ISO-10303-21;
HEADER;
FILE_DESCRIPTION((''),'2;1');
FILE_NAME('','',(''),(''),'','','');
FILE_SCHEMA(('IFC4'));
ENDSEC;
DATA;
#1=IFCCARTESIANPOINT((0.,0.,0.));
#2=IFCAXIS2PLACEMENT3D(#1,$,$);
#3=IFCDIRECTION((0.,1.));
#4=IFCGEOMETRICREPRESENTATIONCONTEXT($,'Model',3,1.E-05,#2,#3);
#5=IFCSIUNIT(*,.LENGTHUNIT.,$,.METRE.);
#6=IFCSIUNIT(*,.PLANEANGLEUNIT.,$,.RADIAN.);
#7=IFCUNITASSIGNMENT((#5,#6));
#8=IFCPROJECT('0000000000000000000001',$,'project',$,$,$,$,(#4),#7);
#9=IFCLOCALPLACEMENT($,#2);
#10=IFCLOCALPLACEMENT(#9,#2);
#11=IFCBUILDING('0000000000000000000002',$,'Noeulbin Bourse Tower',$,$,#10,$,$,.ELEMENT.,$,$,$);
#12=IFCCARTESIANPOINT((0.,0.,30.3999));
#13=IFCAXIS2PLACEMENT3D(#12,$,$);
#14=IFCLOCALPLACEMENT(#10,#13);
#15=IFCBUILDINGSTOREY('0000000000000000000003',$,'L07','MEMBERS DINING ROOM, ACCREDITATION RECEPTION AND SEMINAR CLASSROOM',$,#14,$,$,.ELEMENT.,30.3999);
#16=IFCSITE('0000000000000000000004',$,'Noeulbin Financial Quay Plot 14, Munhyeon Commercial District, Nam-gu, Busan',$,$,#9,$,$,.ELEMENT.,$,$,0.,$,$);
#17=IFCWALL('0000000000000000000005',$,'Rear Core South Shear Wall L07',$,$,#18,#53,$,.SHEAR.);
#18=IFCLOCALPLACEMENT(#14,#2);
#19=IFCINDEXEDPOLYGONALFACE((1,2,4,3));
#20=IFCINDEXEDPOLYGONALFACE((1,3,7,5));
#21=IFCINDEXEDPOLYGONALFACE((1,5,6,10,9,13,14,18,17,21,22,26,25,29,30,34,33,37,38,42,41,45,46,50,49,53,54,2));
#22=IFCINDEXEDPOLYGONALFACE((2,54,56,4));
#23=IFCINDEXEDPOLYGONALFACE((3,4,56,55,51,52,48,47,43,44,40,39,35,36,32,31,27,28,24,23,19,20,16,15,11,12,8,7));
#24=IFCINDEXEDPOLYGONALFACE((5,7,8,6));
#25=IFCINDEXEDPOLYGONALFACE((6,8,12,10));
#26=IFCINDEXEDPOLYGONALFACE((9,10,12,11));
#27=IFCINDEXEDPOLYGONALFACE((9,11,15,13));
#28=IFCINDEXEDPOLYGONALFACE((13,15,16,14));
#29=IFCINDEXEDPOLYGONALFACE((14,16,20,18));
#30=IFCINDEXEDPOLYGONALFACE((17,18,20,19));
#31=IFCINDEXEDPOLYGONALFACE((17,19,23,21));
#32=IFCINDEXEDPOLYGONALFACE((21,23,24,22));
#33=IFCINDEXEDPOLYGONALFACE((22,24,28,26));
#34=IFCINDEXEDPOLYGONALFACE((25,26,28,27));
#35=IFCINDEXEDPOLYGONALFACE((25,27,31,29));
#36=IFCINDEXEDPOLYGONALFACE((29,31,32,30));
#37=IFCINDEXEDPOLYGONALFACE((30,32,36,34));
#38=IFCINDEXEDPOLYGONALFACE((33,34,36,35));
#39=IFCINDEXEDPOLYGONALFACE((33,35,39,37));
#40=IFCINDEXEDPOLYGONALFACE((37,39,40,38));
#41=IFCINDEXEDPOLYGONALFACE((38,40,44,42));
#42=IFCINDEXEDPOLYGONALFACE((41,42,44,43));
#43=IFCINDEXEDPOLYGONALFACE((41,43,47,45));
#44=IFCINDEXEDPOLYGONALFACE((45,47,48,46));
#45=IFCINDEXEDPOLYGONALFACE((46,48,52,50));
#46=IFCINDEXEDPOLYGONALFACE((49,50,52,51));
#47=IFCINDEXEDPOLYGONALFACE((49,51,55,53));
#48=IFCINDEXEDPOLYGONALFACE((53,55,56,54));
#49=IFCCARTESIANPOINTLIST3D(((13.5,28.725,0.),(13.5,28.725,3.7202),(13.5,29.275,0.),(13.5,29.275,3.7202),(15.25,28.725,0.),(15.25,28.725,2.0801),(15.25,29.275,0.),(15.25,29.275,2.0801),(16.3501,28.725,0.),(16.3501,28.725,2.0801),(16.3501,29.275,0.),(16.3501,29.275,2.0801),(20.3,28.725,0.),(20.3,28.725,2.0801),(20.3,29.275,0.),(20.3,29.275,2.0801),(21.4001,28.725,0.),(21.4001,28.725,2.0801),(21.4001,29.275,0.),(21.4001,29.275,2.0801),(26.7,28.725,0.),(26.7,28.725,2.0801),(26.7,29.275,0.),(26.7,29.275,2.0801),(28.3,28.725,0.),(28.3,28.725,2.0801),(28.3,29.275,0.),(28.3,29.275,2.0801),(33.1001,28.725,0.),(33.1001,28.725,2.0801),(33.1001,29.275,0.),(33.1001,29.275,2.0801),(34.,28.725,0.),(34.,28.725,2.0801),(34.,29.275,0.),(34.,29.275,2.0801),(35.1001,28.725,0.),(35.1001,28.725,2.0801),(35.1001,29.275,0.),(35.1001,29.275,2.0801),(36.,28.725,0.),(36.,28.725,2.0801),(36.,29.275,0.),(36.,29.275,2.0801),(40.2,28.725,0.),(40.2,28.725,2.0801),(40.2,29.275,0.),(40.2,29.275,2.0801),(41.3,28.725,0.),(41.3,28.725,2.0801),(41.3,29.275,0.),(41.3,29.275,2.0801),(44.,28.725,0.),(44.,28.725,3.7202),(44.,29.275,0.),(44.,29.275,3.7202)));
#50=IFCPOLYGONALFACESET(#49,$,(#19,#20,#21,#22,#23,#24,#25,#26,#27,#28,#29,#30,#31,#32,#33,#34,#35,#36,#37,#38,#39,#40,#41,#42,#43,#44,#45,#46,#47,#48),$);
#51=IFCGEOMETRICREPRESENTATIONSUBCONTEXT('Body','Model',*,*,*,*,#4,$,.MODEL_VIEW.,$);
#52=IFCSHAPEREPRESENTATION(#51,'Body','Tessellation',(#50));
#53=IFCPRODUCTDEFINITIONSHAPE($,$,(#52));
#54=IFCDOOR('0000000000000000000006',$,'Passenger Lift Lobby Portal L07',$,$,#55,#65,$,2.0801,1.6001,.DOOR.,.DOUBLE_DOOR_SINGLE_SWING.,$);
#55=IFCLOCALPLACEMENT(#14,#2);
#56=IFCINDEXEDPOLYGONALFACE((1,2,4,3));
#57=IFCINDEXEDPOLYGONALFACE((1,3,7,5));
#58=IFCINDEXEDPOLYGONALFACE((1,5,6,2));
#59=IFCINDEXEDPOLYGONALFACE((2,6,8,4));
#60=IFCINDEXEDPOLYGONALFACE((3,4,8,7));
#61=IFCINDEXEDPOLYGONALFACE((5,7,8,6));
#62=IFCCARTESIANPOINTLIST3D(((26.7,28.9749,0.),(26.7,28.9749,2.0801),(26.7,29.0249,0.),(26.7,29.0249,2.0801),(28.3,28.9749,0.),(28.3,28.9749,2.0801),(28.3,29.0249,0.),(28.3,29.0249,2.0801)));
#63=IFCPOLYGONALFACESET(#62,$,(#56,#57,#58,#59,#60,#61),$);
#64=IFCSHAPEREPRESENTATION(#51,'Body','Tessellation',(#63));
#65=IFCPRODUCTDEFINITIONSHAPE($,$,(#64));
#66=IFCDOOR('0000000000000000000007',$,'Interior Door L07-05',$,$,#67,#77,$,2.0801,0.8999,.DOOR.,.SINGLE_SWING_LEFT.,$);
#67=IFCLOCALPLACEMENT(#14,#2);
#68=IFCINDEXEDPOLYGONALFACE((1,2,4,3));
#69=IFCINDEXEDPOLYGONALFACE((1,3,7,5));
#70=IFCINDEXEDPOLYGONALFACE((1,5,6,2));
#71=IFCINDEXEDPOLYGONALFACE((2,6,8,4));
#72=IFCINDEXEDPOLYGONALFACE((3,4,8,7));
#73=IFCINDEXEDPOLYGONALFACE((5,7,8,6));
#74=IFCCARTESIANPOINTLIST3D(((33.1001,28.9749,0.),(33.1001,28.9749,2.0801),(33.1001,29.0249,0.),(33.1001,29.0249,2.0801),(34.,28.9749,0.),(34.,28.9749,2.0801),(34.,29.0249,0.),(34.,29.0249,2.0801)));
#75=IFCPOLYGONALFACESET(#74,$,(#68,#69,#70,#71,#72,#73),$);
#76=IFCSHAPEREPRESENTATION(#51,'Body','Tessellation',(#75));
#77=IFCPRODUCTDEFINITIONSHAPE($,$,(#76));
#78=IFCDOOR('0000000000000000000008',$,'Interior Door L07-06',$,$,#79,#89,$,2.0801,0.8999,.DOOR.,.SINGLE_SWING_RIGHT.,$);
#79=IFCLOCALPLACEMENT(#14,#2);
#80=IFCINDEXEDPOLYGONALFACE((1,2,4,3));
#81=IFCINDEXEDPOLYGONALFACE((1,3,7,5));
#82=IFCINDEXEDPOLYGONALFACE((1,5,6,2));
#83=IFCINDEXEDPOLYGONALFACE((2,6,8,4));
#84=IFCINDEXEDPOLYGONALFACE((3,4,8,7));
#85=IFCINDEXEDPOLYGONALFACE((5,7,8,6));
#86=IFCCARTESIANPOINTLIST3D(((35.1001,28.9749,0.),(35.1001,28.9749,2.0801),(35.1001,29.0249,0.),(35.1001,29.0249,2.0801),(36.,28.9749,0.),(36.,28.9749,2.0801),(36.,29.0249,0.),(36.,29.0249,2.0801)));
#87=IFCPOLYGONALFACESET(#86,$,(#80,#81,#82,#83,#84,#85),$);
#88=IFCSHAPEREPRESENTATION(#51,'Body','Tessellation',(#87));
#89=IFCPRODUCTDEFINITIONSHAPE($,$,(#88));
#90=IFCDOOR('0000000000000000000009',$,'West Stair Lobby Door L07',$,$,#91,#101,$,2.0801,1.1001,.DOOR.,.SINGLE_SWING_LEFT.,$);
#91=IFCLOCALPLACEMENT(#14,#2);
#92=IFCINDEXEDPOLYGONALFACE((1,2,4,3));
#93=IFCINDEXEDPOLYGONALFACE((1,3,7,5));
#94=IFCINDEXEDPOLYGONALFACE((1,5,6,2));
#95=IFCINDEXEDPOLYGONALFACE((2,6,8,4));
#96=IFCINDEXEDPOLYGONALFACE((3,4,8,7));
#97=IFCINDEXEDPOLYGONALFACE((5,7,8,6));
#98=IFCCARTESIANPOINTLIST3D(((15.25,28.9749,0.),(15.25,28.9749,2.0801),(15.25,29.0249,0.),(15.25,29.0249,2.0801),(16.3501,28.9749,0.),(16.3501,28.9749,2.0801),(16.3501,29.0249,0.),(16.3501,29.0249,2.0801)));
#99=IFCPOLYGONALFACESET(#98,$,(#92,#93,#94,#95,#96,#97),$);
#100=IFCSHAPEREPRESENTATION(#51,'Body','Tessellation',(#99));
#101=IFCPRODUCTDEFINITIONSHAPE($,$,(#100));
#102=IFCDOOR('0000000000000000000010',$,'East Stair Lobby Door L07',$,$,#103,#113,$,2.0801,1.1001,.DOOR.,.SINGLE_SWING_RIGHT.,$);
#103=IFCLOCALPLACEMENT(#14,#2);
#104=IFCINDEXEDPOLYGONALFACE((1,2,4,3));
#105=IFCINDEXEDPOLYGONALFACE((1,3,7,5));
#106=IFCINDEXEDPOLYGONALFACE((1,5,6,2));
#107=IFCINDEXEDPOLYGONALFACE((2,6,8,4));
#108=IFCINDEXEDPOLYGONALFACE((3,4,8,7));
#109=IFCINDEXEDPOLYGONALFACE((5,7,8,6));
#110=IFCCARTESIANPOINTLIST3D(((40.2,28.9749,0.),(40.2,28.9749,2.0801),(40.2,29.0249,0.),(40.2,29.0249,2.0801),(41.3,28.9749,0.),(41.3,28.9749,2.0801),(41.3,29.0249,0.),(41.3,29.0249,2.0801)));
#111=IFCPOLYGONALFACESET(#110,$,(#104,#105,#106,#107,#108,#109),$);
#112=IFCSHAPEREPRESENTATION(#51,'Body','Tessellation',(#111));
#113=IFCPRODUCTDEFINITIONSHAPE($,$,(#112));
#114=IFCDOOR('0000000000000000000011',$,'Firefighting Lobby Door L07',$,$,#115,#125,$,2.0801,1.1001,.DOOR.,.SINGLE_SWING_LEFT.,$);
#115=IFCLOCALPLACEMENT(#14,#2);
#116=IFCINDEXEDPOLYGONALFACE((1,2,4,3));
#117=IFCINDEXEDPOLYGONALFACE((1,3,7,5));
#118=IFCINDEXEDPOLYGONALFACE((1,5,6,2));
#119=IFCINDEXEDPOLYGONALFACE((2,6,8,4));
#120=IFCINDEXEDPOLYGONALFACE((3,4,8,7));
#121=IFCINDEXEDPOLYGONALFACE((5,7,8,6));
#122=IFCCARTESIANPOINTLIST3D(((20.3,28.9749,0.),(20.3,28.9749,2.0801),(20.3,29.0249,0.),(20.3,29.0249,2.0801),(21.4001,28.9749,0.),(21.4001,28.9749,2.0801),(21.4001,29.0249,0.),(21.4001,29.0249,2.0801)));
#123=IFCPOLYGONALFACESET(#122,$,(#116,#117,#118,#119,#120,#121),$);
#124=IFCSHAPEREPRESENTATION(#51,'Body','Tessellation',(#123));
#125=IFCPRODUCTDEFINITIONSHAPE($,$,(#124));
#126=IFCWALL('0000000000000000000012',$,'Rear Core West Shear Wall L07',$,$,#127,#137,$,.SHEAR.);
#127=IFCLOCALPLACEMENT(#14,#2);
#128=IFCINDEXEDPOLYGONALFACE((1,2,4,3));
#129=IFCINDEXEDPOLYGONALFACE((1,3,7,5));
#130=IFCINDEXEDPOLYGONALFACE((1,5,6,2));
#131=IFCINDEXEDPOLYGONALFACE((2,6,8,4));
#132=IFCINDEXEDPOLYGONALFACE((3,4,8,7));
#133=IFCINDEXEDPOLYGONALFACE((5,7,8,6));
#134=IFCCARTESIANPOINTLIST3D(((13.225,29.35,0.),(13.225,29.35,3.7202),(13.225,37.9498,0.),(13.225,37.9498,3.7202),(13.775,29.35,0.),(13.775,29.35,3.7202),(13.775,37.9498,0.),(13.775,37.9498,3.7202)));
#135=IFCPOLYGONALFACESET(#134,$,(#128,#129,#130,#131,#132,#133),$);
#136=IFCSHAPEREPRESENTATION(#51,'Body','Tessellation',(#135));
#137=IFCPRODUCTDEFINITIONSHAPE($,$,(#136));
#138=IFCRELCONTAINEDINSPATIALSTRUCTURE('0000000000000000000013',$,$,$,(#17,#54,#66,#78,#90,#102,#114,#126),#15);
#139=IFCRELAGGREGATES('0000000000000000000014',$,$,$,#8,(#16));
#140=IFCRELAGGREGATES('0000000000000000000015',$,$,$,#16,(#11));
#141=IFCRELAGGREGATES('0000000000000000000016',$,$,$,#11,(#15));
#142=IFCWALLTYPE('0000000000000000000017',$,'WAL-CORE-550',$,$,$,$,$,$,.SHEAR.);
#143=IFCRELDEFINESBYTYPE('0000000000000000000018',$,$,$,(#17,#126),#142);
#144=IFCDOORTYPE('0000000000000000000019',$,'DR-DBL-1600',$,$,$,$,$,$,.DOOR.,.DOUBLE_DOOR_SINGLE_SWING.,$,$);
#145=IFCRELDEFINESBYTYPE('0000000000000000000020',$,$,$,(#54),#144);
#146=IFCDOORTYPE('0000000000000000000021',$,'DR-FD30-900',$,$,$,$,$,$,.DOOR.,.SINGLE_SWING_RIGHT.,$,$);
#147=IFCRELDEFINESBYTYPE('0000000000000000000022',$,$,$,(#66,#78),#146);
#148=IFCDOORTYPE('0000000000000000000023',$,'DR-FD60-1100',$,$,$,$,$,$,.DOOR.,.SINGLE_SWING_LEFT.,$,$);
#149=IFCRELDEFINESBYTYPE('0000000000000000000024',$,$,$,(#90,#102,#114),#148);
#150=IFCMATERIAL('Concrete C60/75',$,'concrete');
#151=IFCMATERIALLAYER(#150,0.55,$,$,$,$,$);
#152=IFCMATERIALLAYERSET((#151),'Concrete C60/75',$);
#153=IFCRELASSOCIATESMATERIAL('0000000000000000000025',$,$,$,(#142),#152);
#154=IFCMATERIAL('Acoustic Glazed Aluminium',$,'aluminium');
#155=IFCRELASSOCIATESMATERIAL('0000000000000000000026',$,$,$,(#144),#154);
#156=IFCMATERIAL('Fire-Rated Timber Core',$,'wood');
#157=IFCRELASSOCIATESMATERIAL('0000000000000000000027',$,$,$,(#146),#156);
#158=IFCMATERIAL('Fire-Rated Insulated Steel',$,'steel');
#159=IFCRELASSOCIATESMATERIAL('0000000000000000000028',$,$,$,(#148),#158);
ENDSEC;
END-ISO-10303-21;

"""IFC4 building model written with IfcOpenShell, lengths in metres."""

from ifc_helpers import new_model, si_unit, direction, frame, frame_2d, origin, place, context, subcontext, project, spatial, rectangle, extrude, material, layer, layer_set, type_object, element, fill, save


model = new_model("IFC4")

# Units and contexts
model_context = context("Model", 3, precision=1e-05, world=origin(), true_north=direction((0.0, 1.0)))
body_context = subcontext(model_context, "Body", "Model", "MODEL_VIEW")
ifc_project = project(units=[si_unit("LENGTHUNIT", "METRE"), si_unit("PLANEANGLEUNIT", "RADIAN")], contexts=[model_context])

# Site, building, storey
site_placement = place(None, origin())
site = spatial("IfcSite", under=ifc_project, at=site_placement, Name="Noeulbin Financial Quay Plot 14, Munhyeon Commercial District, Nam-gu, Busan", CompositionType="ELEMENT", RefElevation=0.0)
building_placement = place(site_placement, origin())
building = spatial("IfcBuilding", under=site, at=building_placement, Name="Noeulbin Bourse Tower", CompositionType="ELEMENT")
storey_placement = place(building_placement, frame((0.0, 0.0, 30.3999)))
storey = spatial("IfcBuildingStorey", under=building, at=storey_placement, Name="L07", Description="MEMBERS DINING ROOM, ACCREDITATION RECEPTION AND SEMINAR CLASSROOM", CompositionType="ELEMENT", Elevation=30.3999)

# Wall, openings, doors
ifc_material_1 = material(Name="Concrete C60/75", Category="concrete")
ifc_layer_1 = layer(ifc_material_1, 0.55)
ifc_layer_set_1 = layer_set([ifc_layer_1], Name="Concrete C60/75")
wall_type_1 = type_object("IfcWallType", Name="WAL-CORE-550", PredefinedType="SHEAR", material=ifc_layer_set_1)
wall_1_placement = place(storey_placement, frame((13.5, 29.0, 0.0), z_axis=(0.0, 0.0, 1.0), x_axis=(1.0, 0.0, 0.0)))
wall_1 = element("IfcWall", 1, at=wall_1_placement, inside=storey, type_object=wall_type_1, Name="Rear Core South Shear Wall L07", PredefinedType="SHEAR", context=body_context, shape_type="SweptSolid", body=[
    extrude(rectangle(XDim=30.5, YDim=0.55, at=frame_2d((15.25, 0.0))), origin(), (0.0, 0.0, 1.0), 3.7202),
])
opening_1_placement = place(wall_1_placement, frame((1.75, 0.0, 0.0)))
opening_1 = element("IfcOpeningElement", 2, at=opening_1_placement, cuts=wall_1, PredefinedType="OPENING", context=body_context, shape_type="SweptSolid", body=[
    extrude(rectangle(XDim=1.1001, YDim=2.0801, at=frame_2d((0.55, 1.04))), frame((0.0, 0.2849, 0.0), z_axis=(0.0, -1.0, 0.0), x_axis=(1.0, 0.0, 0.0)), (0.0, 0.0, 1.0), 0.5701),
])
opening_2_placement = place(wall_1_placement, frame((26.7, 0.0, 0.0)))
opening_2 = element("IfcOpeningElement", 3, at=opening_2_placement, cuts=wall_1, PredefinedType="OPENING", context=body_context, shape_type="SweptSolid", body=[
    extrude(rectangle(XDim=1.1001, YDim=2.0801, at=frame_2d((0.55, 1.04))), frame((0.0, 0.2849, 0.0), z_axis=(0.0, -1.0, 0.0), x_axis=(1.0, 0.0, 0.0)), (0.0, 0.0, 1.0), 0.5701),
])
opening_3_placement = place(wall_1_placement, frame((6.8, 0.0, 0.0)))
opening_3 = element("IfcOpeningElement", 4, at=opening_3_placement, cuts=wall_1, PredefinedType="OPENING", context=body_context, shape_type="SweptSolid", body=[
    extrude(rectangle(XDim=1.1001, YDim=2.0801, at=frame_2d((0.55, 1.04))), frame((0.0, 0.2849, 0.0), z_axis=(0.0, -1.0, 0.0), x_axis=(1.0, 0.0, 0.0)), (0.0, 0.0, 1.0), 0.5701),
])
opening_4_placement = place(wall_1_placement, frame((13.2, 0.0, 0.0)))
opening_4 = element("IfcOpeningElement", 5, at=opening_4_placement, cuts=wall_1, PredefinedType="OPENING", context=body_context, shape_type="SweptSolid", body=[
    extrude(rectangle(XDim=1.6001, YDim=2.0801, at=frame_2d((0.8, 1.04))), frame((0.0, 0.2849, 0.0), z_axis=(0.0, -1.0, 0.0), x_axis=(1.0, 0.0, 0.0)), (0.0, 0.0, 1.0), 0.5701),
])
opening_5_placement = place(wall_1_placement, frame((19.6001, 0.0, 0.0)))
opening_5 = element("IfcOpeningElement", 6, at=opening_5_placement, cuts=wall_1, PredefinedType="OPENING", context=body_context, shape_type="SweptSolid", body=[
    extrude(rectangle(XDim=0.8999, YDim=2.0801, at=frame_2d((0.45, 1.04))), frame((0.0, 0.2849, 0.0), z_axis=(0.0, -1.0, 0.0), x_axis=(1.0, 0.0, 0.0)), (0.0, 0.0, 1.0), 0.5701),
])
opening_6_placement = place(wall_1_placement, frame((21.6001, 0.0, 0.0)))
opening_6 = element("IfcOpeningElement", 7, at=opening_6_placement, cuts=wall_1, PredefinedType="OPENING", context=body_context, shape_type="SweptSolid", body=[
    extrude(rectangle(XDim=0.8999, YDim=2.0801, at=frame_2d((0.45, 1.04))), frame((0.0, 0.2849, 0.0), z_axis=(0.0, -1.0, 0.0), x_axis=(1.0, 0.0, 0.0)), (0.0, 0.0, 1.0), 0.5701),
])
ifc_material_2 = material(Name="Acoustic Glazed Aluminium", Category="aluminium")
door_type_1 = type_object("IfcDoorType", Name="DR-DBL-1600", OperationType="DOUBLE_DOOR_SINGLE_SWING", PredefinedType="DOOR", material=ifc_material_2)
door_1_placement = place(opening_4_placement, origin())
door_1 = element("IfcDoor", 8, at=door_1_placement, inside=storey, type_object=door_type_1, Name="Passenger Lift Lobby Portal L07", OperationType="DOUBLE_DOOR_SINGLE_SWING", OverallHeight=2.0801, OverallWidth=1.6001, PredefinedType="DOOR", context=body_context, shape_type="SweptSolid", body=[
    extrude(rectangle(XDim=1.6001, YDim=2.0801, at=frame_2d((0.8, 1.04))), frame((0.0, 0.0249, 0.0), z_axis=(0.0, -1.0, 0.0), x_axis=(1.0, 0.0, 0.0)), (0.0, 0.0, 1.0), 0.05),
])
fill(opening_4, door_1)
ifc_material_3 = material(Name="Fire-Rated Timber Core", Category="wood")
door_type_2 = type_object("IfcDoorType", Name="DR-FD30-900", OperationType="SINGLE_SWING_RIGHT", PredefinedType="DOOR", material=ifc_material_3)
door_2_placement = place(opening_5_placement, origin())
door_2 = element("IfcDoor", 9, at=door_2_placement, inside=storey, type_object=door_type_2, Name="Interior Door L07-05", OperationType="SINGLE_SWING_LEFT", OverallHeight=2.0801, OverallWidth=0.8999, PredefinedType="DOOR", context=body_context, shape_type="SweptSolid", body=[
    extrude(rectangle(XDim=0.8999, YDim=2.0801, at=frame_2d((0.45, 1.04))), frame((0.0, 0.0249, 0.0), z_axis=(0.0, -1.0, 0.0), x_axis=(1.0, 0.0, 0.0)), (0.0, 0.0, 1.0), 0.05),
])
fill(opening_5, door_2)
door_3_placement = place(opening_6_placement, origin())
door_3 = element("IfcDoor", 10, at=door_3_placement, inside=storey, type_object=door_type_2, Name="Interior Door L07-06", OperationType="SINGLE_SWING_RIGHT", OverallHeight=2.0801, OverallWidth=0.8999, PredefinedType="DOOR", context=body_context, shape_type="SweptSolid", body=[
    extrude(rectangle(XDim=0.8999, YDim=2.0801, at=frame_2d((0.45, 1.04))), frame((0.0, 0.0249, 0.0), z_axis=(0.0, -1.0, 0.0), x_axis=(1.0, 0.0, 0.0)), (0.0, 0.0, 1.0), 0.05),
])
fill(opening_6, door_3)
ifc_material_4 = material(Name="Fire-Rated Insulated Steel", Category="steel")
door_type_3 = type_object("IfcDoorType", Name="DR-FD60-1100", OperationType="SINGLE_SWING_LEFT", PredefinedType="DOOR", material=ifc_material_4)
door_4_placement = place(opening_1_placement, origin())
door_4 = element("IfcDoor", 11, at=door_4_placement, inside=storey, type_object=door_type_3, Name="West Stair Lobby Door L07", OperationType="SINGLE_SWING_LEFT", OverallHeight=2.0801, OverallWidth=1.1001, PredefinedType="DOOR", context=body_context, shape_type="SweptSolid", body=[
    extrude(rectangle(XDim=1.1001, YDim=2.0801, at=frame_2d((0.55, 1.04))), frame((0.0, 0.0249, 0.0), z_axis=(0.0, -1.0, 0.0), x_axis=(1.0, 0.0, 0.0)), (0.0, 0.0, 1.0), 0.05),
])
fill(opening_1, door_4)
door_5_placement = place(opening_2_placement, origin())
door_5 = element("IfcDoor", 12, at=door_5_placement, inside=storey, type_object=door_type_3, Name="East Stair Lobby Door L07", OperationType="SINGLE_SWING_RIGHT", OverallHeight=2.0801, OverallWidth=1.1001, PredefinedType="DOOR", context=body_context, shape_type="SweptSolid", body=[
    extrude(rectangle(XDim=1.1001, YDim=2.0801, at=frame_2d((0.55, 1.04))), frame((0.0, 0.0249, 0.0), z_axis=(0.0, -1.0, 0.0), x_axis=(1.0, 0.0, 0.0)), (0.0, 0.0, 1.0), 0.05),
])
fill(opening_2, door_5)
door_6_placement = place(opening_3_placement, origin())
door_6 = element("IfcDoor", 13, at=door_6_placement, inside=storey, type_object=door_type_3, Name="Firefighting Lobby Door L07", OperationType="SINGLE_SWING_LEFT", OverallHeight=2.0801, OverallWidth=1.1001, PredefinedType="DOOR", context=body_context, shape_type="SweptSolid", body=[
    extrude(rectangle(XDim=1.1001, YDim=2.0801, at=frame_2d((0.55, 1.04))), frame((0.0, 0.0249, 0.0), z_axis=(0.0, -1.0, 0.0), x_axis=(1.0, 0.0, 0.0)), (0.0, 0.0, 1.0), 0.05),
])
fill(opening_3, door_6)

# Wall
wall_2_placement = place(storey_placement, frame((13.5, 29.3501, 0.0), z_axis=(0.0, 0.0, 1.0), x_axis=(0.0, 1.0, 0.0)))
element("IfcWall", 14, at=wall_2_placement, inside=storey, type_object=wall_type_1, Name="Rear Core West Shear Wall L07", PredefinedType="SHEAR", context=body_context, shape_type="SweptSolid", body=[
    extrude(rectangle(XDim=8.5999, YDim=0.55, at=frame_2d((4.2998, 0.0))), origin(), (0.0, 0.0, 1.0), 3.7202),
])

save(model, "model.ifc")
